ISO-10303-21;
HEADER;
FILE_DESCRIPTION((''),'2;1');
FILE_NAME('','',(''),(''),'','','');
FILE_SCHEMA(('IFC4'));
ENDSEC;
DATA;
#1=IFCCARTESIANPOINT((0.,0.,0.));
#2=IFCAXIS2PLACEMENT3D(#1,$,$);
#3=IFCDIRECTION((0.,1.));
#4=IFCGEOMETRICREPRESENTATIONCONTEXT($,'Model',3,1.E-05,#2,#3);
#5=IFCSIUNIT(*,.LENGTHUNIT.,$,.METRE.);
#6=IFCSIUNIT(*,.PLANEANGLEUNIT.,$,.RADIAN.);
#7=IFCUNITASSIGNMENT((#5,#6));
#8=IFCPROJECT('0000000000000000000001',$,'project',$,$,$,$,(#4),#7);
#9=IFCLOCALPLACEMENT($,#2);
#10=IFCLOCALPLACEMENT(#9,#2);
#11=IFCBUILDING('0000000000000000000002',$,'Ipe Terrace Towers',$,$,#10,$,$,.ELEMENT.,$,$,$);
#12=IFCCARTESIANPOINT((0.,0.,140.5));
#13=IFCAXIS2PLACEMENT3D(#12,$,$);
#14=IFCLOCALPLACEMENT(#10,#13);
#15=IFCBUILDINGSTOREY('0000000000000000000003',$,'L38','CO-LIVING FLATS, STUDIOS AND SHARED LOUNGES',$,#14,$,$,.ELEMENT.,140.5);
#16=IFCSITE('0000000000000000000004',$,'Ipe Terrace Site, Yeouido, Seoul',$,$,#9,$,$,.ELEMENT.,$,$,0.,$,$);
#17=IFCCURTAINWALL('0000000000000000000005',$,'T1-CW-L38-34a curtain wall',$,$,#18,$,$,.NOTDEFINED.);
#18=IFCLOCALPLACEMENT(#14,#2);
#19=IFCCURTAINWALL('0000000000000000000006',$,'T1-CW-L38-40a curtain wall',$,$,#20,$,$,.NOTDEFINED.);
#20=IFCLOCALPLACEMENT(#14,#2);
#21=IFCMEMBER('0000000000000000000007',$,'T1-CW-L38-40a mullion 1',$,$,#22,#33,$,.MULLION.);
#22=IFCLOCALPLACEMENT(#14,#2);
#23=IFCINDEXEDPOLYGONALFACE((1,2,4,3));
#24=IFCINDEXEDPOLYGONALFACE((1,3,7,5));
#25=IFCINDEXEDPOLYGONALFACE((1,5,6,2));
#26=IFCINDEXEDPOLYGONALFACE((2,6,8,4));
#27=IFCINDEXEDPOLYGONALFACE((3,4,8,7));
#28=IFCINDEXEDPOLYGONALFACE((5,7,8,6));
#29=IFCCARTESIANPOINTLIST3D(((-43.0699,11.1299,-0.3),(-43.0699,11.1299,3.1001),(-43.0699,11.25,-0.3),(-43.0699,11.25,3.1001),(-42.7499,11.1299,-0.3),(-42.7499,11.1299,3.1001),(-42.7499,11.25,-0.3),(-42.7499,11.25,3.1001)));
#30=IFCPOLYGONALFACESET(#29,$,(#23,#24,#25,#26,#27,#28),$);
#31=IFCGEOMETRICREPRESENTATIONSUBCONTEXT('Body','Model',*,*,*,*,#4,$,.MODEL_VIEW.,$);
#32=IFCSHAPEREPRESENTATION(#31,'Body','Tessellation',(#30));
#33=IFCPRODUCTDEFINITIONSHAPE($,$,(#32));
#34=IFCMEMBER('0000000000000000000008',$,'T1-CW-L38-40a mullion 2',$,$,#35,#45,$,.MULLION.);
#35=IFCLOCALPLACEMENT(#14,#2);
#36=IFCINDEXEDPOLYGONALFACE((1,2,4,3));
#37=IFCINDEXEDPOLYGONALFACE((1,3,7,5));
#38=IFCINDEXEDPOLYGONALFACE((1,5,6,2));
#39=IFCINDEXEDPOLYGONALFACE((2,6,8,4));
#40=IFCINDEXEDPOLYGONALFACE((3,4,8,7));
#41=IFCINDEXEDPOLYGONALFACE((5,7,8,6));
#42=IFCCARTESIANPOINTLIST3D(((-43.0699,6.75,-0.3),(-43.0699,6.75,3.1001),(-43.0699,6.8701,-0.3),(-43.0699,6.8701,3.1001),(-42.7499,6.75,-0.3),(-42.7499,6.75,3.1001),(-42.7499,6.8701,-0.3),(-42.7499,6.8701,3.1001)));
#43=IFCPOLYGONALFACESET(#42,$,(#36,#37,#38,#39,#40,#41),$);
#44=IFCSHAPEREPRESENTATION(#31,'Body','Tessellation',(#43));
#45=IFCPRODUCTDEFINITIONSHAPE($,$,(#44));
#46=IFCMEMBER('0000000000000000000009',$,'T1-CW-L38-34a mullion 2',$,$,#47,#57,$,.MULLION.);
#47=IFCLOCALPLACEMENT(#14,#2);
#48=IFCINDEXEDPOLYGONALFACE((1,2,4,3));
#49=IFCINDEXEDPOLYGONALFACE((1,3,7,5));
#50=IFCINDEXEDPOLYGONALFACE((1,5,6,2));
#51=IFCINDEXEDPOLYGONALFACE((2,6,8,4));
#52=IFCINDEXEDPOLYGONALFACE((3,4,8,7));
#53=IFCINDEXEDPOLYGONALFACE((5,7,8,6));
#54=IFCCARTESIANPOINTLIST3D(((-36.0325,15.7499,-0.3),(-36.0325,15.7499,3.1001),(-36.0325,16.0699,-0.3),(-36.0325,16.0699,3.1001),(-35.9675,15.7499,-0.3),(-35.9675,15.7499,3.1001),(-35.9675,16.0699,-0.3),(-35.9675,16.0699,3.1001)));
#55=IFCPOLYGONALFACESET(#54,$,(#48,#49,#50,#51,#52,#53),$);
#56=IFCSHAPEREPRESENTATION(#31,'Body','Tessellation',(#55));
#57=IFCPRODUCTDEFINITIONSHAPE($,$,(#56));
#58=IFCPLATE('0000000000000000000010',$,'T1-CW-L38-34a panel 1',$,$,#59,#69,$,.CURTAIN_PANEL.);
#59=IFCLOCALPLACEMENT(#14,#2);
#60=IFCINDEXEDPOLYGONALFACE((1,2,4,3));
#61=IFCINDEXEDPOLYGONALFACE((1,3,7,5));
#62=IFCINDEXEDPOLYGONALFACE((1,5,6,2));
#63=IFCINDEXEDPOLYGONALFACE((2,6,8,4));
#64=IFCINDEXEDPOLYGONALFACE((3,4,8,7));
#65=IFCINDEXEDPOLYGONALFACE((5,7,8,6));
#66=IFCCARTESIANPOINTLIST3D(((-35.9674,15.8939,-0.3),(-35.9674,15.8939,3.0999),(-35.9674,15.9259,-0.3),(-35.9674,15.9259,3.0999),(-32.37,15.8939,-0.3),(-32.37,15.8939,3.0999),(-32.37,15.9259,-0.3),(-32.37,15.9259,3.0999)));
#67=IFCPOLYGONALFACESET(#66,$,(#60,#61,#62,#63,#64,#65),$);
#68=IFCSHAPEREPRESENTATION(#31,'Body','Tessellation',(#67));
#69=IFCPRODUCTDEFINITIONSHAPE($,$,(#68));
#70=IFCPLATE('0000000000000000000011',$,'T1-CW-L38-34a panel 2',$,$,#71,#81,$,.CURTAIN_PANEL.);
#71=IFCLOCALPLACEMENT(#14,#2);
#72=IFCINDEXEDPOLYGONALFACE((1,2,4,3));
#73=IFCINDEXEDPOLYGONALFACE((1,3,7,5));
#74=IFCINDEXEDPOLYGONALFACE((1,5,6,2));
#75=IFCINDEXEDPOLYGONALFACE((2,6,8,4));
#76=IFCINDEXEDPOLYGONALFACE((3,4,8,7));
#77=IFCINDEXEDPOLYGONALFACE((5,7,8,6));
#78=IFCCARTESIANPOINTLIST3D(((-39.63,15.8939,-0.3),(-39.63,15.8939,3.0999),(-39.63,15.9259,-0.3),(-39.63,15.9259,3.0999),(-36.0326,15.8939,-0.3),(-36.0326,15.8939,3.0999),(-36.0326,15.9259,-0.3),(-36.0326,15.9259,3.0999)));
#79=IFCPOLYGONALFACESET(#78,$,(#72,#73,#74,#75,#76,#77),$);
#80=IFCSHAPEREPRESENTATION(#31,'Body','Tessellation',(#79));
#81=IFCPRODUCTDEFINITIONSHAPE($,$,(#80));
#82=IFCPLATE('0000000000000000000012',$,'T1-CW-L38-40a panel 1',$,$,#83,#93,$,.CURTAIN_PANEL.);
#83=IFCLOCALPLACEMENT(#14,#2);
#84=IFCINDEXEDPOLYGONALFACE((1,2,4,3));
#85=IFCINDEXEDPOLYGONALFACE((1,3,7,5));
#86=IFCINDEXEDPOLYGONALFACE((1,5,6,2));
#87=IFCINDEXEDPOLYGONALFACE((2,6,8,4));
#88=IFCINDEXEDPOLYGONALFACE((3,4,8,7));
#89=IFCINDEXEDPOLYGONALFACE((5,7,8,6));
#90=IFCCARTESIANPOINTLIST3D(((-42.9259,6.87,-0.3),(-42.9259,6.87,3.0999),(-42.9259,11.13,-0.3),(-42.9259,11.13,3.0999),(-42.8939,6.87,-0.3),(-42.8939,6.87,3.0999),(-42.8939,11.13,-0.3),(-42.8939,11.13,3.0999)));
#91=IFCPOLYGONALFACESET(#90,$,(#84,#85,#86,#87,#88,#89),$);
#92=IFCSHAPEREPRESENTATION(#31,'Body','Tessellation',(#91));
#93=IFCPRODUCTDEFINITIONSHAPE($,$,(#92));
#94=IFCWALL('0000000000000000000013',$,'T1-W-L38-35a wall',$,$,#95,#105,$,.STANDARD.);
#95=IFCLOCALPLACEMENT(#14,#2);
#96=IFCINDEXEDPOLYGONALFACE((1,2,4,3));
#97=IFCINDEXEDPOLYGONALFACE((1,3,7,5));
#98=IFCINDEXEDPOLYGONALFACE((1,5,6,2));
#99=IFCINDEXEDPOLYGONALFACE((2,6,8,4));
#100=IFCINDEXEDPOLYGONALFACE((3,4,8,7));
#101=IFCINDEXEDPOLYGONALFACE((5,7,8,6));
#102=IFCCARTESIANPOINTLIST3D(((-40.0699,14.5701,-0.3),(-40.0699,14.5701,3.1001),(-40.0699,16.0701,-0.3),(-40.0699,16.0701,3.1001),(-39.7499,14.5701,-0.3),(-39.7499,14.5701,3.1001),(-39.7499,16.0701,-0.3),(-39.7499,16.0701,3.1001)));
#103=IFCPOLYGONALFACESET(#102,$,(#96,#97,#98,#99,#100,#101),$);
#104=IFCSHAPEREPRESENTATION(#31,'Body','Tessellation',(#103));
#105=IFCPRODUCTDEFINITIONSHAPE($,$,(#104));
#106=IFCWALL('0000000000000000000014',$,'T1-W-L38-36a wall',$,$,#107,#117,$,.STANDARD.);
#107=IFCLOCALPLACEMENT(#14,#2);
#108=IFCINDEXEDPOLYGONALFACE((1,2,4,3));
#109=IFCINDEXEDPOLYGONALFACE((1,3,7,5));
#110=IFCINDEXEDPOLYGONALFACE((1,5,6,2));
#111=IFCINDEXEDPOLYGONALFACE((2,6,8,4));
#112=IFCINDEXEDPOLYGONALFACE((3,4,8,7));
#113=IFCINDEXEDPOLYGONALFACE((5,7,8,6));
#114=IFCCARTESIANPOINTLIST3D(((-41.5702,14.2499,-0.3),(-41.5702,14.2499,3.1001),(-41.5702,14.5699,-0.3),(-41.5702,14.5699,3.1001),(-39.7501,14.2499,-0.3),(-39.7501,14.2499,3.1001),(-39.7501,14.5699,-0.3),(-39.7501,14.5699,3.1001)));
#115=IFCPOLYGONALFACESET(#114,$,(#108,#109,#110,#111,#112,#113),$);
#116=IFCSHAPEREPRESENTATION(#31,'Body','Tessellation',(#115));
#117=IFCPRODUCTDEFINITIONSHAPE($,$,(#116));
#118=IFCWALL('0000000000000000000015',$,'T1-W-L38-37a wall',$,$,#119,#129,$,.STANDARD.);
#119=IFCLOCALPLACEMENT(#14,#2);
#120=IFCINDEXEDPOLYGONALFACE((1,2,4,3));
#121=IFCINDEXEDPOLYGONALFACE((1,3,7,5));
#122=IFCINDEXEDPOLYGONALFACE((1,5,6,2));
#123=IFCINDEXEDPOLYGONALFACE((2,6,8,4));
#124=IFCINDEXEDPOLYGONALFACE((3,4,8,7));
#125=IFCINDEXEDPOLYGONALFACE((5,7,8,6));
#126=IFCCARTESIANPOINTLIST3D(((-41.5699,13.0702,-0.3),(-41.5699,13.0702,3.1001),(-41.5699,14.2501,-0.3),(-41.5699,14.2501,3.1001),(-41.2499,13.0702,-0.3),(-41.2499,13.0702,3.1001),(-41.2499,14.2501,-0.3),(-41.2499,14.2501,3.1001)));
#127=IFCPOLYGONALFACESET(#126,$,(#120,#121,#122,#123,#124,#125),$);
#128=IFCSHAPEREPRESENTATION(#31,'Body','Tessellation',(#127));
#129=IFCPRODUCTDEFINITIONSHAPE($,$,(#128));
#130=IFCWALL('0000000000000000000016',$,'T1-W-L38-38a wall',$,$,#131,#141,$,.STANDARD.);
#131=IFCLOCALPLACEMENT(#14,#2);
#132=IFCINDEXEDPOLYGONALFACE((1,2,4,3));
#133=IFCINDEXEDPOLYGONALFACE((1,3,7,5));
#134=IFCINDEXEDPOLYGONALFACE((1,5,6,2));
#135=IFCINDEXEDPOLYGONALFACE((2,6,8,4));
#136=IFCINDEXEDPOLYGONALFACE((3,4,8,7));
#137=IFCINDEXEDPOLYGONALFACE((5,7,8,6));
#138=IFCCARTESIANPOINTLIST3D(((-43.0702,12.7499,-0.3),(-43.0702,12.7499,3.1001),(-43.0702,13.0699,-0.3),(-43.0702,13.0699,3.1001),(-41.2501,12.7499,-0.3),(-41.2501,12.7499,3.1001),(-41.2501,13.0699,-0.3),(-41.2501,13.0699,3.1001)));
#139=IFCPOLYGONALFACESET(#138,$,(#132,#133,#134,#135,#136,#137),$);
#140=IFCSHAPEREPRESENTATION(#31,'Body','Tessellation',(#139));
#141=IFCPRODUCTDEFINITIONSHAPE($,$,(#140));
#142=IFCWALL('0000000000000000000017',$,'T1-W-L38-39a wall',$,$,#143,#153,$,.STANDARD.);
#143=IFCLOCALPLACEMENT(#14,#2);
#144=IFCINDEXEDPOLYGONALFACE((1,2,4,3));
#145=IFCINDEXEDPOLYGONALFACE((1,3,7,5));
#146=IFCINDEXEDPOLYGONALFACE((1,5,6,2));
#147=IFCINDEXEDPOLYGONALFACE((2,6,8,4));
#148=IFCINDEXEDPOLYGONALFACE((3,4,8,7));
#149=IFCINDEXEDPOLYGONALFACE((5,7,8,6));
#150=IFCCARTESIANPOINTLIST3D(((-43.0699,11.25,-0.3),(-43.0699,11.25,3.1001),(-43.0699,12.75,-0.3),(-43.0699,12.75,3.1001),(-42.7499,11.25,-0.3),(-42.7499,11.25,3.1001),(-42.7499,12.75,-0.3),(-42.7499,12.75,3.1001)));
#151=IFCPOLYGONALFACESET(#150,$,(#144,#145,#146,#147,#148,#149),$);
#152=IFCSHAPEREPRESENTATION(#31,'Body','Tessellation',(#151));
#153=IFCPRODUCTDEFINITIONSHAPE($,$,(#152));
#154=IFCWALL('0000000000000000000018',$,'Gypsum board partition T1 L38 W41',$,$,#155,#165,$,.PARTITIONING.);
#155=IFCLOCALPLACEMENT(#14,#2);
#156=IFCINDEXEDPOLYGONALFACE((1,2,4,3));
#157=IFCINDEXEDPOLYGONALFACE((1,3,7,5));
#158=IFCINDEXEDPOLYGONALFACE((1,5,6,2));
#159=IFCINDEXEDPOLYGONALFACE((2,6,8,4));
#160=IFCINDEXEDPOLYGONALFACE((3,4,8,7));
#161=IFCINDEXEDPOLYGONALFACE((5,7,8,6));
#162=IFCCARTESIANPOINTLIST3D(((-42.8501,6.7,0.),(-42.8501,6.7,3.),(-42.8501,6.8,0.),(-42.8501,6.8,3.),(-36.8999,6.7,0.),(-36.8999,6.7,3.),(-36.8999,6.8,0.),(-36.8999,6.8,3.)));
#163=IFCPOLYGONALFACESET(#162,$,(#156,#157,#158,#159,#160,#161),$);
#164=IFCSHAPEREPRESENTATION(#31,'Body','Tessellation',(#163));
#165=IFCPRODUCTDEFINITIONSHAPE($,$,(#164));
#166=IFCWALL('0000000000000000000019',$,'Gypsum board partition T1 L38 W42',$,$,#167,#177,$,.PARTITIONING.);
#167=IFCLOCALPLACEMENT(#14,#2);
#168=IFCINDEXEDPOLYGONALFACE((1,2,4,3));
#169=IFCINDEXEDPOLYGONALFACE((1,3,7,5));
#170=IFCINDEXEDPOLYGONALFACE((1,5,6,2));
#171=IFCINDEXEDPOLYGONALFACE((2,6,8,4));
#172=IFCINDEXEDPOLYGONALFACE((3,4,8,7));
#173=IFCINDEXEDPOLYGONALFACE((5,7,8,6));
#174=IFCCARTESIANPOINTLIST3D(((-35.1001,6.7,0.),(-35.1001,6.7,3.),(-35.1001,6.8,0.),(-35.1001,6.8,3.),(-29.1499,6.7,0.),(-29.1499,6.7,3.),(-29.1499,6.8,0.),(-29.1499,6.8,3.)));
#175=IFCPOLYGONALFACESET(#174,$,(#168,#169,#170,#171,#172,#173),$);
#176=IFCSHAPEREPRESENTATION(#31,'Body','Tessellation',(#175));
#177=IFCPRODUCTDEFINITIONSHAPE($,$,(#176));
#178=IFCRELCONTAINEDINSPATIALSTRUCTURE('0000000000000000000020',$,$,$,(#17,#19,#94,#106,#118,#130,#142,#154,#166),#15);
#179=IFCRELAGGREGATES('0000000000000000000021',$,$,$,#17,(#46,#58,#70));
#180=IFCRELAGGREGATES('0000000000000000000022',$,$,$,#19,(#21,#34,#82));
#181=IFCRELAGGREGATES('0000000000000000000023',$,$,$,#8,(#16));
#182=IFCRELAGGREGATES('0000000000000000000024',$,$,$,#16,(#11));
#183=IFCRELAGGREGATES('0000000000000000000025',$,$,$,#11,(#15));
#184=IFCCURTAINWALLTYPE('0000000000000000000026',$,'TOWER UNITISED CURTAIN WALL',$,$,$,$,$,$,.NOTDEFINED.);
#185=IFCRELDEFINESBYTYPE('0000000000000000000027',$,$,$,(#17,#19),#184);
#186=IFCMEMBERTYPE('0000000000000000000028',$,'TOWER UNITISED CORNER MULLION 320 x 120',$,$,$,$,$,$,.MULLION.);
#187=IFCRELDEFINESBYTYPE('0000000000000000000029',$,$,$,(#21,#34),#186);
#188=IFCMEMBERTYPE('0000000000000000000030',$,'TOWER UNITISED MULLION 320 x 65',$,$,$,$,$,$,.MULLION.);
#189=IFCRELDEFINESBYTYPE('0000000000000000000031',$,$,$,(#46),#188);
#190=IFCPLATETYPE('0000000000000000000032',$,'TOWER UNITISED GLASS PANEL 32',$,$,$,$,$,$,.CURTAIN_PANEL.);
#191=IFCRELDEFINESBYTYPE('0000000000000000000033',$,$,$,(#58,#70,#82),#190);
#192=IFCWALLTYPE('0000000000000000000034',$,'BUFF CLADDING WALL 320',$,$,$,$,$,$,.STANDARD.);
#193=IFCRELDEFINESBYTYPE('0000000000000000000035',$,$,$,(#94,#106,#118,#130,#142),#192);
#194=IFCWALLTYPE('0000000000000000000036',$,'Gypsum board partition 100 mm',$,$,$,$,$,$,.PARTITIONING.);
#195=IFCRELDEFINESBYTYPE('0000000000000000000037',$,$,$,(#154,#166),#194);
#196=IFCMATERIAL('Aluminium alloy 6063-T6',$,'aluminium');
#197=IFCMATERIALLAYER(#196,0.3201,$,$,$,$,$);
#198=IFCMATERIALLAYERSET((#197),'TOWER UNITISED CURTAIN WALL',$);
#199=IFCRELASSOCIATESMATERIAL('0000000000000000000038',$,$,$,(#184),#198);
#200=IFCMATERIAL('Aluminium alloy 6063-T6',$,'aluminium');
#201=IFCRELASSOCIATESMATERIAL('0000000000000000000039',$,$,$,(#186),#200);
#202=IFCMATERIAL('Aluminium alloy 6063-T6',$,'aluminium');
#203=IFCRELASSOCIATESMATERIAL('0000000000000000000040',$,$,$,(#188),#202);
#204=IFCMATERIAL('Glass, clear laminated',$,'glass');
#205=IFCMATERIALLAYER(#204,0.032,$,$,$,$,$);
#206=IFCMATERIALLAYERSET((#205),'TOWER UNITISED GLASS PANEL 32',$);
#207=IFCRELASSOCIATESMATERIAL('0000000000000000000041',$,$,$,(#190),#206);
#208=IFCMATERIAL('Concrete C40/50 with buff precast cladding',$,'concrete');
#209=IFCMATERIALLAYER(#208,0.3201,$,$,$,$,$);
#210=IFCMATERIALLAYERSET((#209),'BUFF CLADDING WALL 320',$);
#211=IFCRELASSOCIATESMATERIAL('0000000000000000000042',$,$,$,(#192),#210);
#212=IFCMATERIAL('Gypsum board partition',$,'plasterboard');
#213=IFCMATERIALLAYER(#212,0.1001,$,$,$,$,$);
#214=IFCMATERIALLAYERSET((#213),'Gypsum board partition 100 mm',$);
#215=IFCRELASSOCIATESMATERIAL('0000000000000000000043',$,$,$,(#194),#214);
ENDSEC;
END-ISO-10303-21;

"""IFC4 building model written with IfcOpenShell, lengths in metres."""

from ifc_helpers import new_model, si_unit, direction, frame, frame_2d, origin, origin_2d, place, context, subcontext, project, spatial, rectangle, extrude, material, layer, layer_set, material_profile, profile_set, type_object, element, aggregate, save


model = new_model("IFC4")

# Units and contexts
model_context = context("Model", 3, precision=1e-05, world=origin(), true_north=direction((0.0, 1.0)))
body_context = subcontext(model_context, "Body", "Model", "MODEL_VIEW")
ifc_project = project(units=[si_unit("LENGTHUNIT", "METRE"), si_unit("PLANEANGLEUNIT", "RADIAN")], contexts=[model_context])

# Site, building, storey
site_placement = place(None, origin())
site = spatial("IfcSite", under=ifc_project, at=site_placement, Name="Ipe Terrace Site, Yeouido, Seoul", CompositionType="ELEMENT", RefElevation=0.0)
building_placement = place(site_placement, origin())
building = spatial("IfcBuilding", under=site, at=building_placement, Name="Ipe Terrace Towers", CompositionType="ELEMENT")
storey_placement = place(building_placement, frame((0.0, 0.0, 140.5)))
storey = spatial("IfcBuildingStorey", under=building, at=storey_placement, Name="L38", Description="CO-LIVING FLATS, STUDIOS AND SHARED LOUNGES", CompositionType="ELEMENT", Elevation=140.5)

# Curtain wall
ifc_material_1 = material(Name="Aluminium alloy 6063-T6", Category="aluminium")
ifc_layer_1 = layer(ifc_material_1, 0.3201)
ifc_layer_set_1 = layer_set([ifc_layer_1], Name="TOWER UNITISED CURTAIN WALL")
curtain_wall_type = type_object("IfcCurtainWallType", Name="TOWER UNITISED CURTAIN WALL", PredefinedType="NOTDEFINED", material=ifc_layer_set_1)
curtain_wall_1_placement = place(storey_placement, origin())
curtain_wall_1 = element("IfcCurtainWall", 1, at=curtain_wall_1_placement, inside=storey, type_object=curtain_wall_type, Name="T1-CW-L38-34a curtain wall", PredefinedType="NOTDEFINED")
ifc_material_2 = material(Name="Aluminium alloy 6063-T6", Category="aluminium")
ifc_material_profile_1 = material_profile(ifc_material_2, rectangle(XDim=0.3201, YDim=0.1201, at=origin_2d()), Name="TOWER UNITISED CORNER MULLION 320 x 120")
ifc_profile_set_1 = profile_set([ifc_material_profile_1], Name="Aluminium alloy 6063-T6")
member_type_1 = type_object("IfcMemberType", Name="TOWER UNITISED CORNER MULLION 320 x 120", PredefinedType="MULLION", material=ifc_profile_set_1)

# Curtain wall, members
curtain_wall_2_placement = place(storey_placement, origin())
curtain_wall_2 = element("IfcCurtainWall", 2, at=curtain_wall_2_placement, inside=storey, type_object=curtain_wall_type, Name="T1-CW-L38-40a curtain wall", PredefinedType="NOTDEFINED")
member_1_placement = place(storey_placement, frame((-42.9099, 11.1899, -0.3), z_axis=(0.0, 0.0, 1.0), x_axis=(-1.0, 0.0, 0.0)))
member_1 = element("IfcMember", 3, at=member_1_placement, type_object=member_type_1, Name="T1-CW-L38-40a mullion 1", PredefinedType="MULLION", context=body_context, shape_type="SweptSolid", body=[
    extrude(rectangle(XDim=0.3201, YDim=0.1201, at=origin_2d()), origin(), (0.0, 0.0, 1.0), 3.4001),
])
member_2_placement = place(storey_placement, frame((-42.9099, 6.8101, -0.3), z_axis=(0.0, 0.0, 1.0), x_axis=(-1.0, 0.0, 0.0)))
member_2 = element("IfcMember", 4, at=member_2_placement, type_object=member_type_1, Name="T1-CW-L38-40a mullion 2", PredefinedType="MULLION", context=body_context, shape_type="SweptSolid", body=[
    extrude(rectangle(XDim=0.3201, YDim=0.1201, at=origin_2d()), origin(), (0.0, 0.0, 1.0), 3.4001),
])

# Member
ifc_material_3 = material(Name="Aluminium alloy 6063-T6", Category="aluminium")
ifc_material_profile_2 = material_profile(ifc_material_3, rectangle(XDim=0.3201, YDim=0.0649, at=origin_2d()), Name="TOWER UNITISED MULLION 320 x 65")
ifc_profile_set_2 = profile_set([ifc_material_profile_2], Name="Aluminium alloy 6063-T6")
member_type_2 = type_object("IfcMemberType", Name="TOWER UNITISED MULLION 320 x 65", PredefinedType="MULLION", material=ifc_profile_set_2)
member_3_placement = place(storey_placement, frame((-36.0, 15.9099, -0.3), z_axis=(0.0, 0.0, 1.0), x_axis=(0.0, 1.0, 0.0)))
member_3 = element("IfcMember", 5, at=member_3_placement, type_object=member_type_2, Name="T1-CW-L38-34a mullion 2", PredefinedType="MULLION", context=body_context, shape_type="SweptSolid", body=[
    extrude(rectangle(XDim=0.3201, YDim=0.0649, at=origin_2d()), origin(), (0.0, 0.0, 1.0), 3.4001),
])

# Plates
ifc_material_4 = material(Name="Glass, clear laminated", Category="glass")
ifc_layer_2 = layer(ifc_material_4, 0.032)
ifc_layer_set_2 = layer_set([ifc_layer_2], Name="TOWER UNITISED GLASS PANEL 32")
plate_type = type_object("IfcPlateType", Name="TOWER UNITISED GLASS PANEL 32", PredefinedType="CURTAIN_PANEL", material=ifc_layer_set_2)
plate_1_placement = place(storey_placement, frame((-34.1687, 15.9099, -0.3), z_axis=(0.0, 0.0, 1.0), x_axis=(-1.0, 0.0, 0.0)))
plate_1 = element("IfcPlate", 6, at=plate_1_placement, type_object=plate_type, Name="T1-CW-L38-34a panel 1", PredefinedType="CURTAIN_PANEL", context=body_context, shape_type="SweptSolid", body=[
    extrude(rectangle(XDim=3.5974, YDim=0.032, at=origin_2d()), origin(), (0.0, 0.0, 1.0), 3.3999),
])
plate_2_placement = place(storey_placement, frame((-37.8313, 15.9099, -0.3), z_axis=(0.0, 0.0, 1.0), x_axis=(-1.0, 0.0, 0.0)))
plate_2 = element("IfcPlate", 7, at=plate_2_placement, type_object=plate_type, Name="T1-CW-L38-34a panel 2", PredefinedType="CURTAIN_PANEL", context=body_context, shape_type="SweptSolid", body=[
    extrude(rectangle(XDim=3.5974, YDim=0.032, at=origin_2d()), origin(), (0.0, 0.0, 1.0), 3.3999),
])
aggregate(curtain_wall_1, [member_3, plate_1, plate_2])
plate_3_placement = place(storey_placement, frame((-42.9099, 9.0, -0.3), z_axis=(0.0, 0.0, 1.0), x_axis=(0.0, -1.0, 0.0)))
plate_3 = element("IfcPlate", 8, at=plate_3_placement, type_object=plate_type, Name="T1-CW-L38-40a panel 1", PredefinedType="CURTAIN_PANEL", context=body_context, shape_type="SweptSolid", body=[
    extrude(rectangle(XDim=4.26, YDim=0.032, at=origin_2d()), origin(), (0.0, 0.0, 1.0), 3.3999),
])
aggregate(curtain_wall_2, [member_1, member_2, plate_3])

# Walls
ifc_material_5 = material(Name="Concrete C40/50 with buff precast cladding", Category="concrete")
ifc_layer_3 = layer(ifc_material_5, 0.3201)
ifc_layer_set_3 = layer_set([ifc_layer_3], Name="BUFF CLADDING WALL 320")
wall_type_1 = type_object("IfcWallType", Name="BUFF CLADDING WALL 320", PredefinedType="STANDARD", material=ifc_layer_set_3)
wall_1_placement = place(storey_placement, frame((-39.9099, 16.0701, -0.3), z_axis=(0.0, 0.0, 1.0), x_axis=(0.0, -1.0, 0.0)))
element("IfcWall", 9, at=wall_1_placement, inside=storey, type_object=wall_type_1, Name="T1-W-L38-35a wall", PredefinedType="STANDARD", context=body_context, shape_type="SweptSolid", body=[
    extrude(rectangle(XDim=1.5, YDim=0.3201, at=frame_2d((0.75, 0.0))), origin(), (0.0, 0.0, 1.0), 3.4001),
])
wall_2_placement = place(storey_placement, frame((-39.75, 14.4099, -0.3), z_axis=(0.0, 0.0, 1.0), x_axis=(-1.0, 0.0, 0.0)))
element("IfcWall", 10, at=wall_2_placement, inside=storey, type_object=wall_type_1, Name="T1-W-L38-36a wall", PredefinedType="STANDARD", context=body_context, shape_type="SweptSolid", body=[
    extrude(rectangle(XDim=1.8201, YDim=0.3201, at=frame_2d((0.9102, 0.0))), origin(), (0.0, 0.0, 1.0), 3.4001),
])
wall_3_placement = place(storey_placement, frame((-41.4099, 14.25, -0.3), z_axis=(0.0, 0.0, 1.0), x_axis=(0.0, -1.0, 0.0)))
element("IfcWall", 11, at=wall_3_placement, inside=storey, type_object=wall_type_1, Name="T1-W-L38-37a wall", PredefinedType="STANDARD", context=body_context, shape_type="SweptSolid", body=[
    extrude(rectangle(XDim=1.1799, YDim=0.3201, at=frame_2d((0.5898, 0.0))), origin(), (0.0, 0.0, 1.0), 3.4001),
])
wall_4_placement = place(storey_placement, frame((-41.25, 12.9099, -0.3), z_axis=(0.0, 0.0, 1.0), x_axis=(-1.0, 0.0, 0.0)))
element("IfcWall", 12, at=wall_4_placement, inside=storey, type_object=wall_type_1, Name="T1-W-L38-38a wall", PredefinedType="STANDARD", context=body_context, shape_type="SweptSolid", body=[
    extrude(rectangle(XDim=1.8201, YDim=0.3201, at=frame_2d((0.9102, 0.0))), origin(), (0.0, 0.0, 1.0), 3.4001),
])
wall_5_placement = place(storey_placement, frame((-42.9099, 12.75, -0.3), z_axis=(0.0, 0.0, 1.0), x_axis=(0.0, -1.0, 0.0)))
element("IfcWall", 13, at=wall_5_placement, inside=storey, type_object=wall_type_1, Name="T1-W-L38-39a wall", PredefinedType="STANDARD", context=body_context, shape_type="SweptSolid", body=[
    extrude(rectangle(XDim=1.5, YDim=0.3201, at=frame_2d((0.75, 0.0))), origin(), (0.0, 0.0, 1.0), 3.4001),
])
ifc_material_6 = material(Name="Gypsum board partition", Category="plasterboard")
ifc_layer_4 = layer(ifc_material_6, 0.1001)
ifc_layer_set_4 = layer_set([ifc_layer_4], Name="Gypsum board partition 100 mm")
wall_type_2 = type_object("IfcWallType", Name="Gypsum board partition 100 mm", PredefinedType="PARTITIONING", material=ifc_layer_set_4)
for number, where, z_axis, x_axis, name in (
    (14, (-42.8501, 6.75, 0.0), (0.0, 0.0, 1.0), (1.0, 0.0, 0.0), "Gypsum board partition T1 L38 W41"),
    (15, (-35.1001, 6.75, 0.0), (0.0, 0.0, 1.0), (1.0, 0.0, 0.0), "Gypsum board partition T1 L38 W42"),
):
    element("IfcWall", number, at=place(storey_placement, frame(where, z_axis=z_axis, x_axis=x_axis)), inside=storey, type_object=wall_type_2, Name=name, PredefinedType="PARTITIONING", context=body_context, shape_type="SweptSolid", body=[
        extrude(rectangle(XDim=5.9502, YDim=0.1001, at=frame_2d((2.9751, 0.0))), origin(), (0.0, 0.0, 1.0), 3.0),
    ])

save(model, "model.ifc")
